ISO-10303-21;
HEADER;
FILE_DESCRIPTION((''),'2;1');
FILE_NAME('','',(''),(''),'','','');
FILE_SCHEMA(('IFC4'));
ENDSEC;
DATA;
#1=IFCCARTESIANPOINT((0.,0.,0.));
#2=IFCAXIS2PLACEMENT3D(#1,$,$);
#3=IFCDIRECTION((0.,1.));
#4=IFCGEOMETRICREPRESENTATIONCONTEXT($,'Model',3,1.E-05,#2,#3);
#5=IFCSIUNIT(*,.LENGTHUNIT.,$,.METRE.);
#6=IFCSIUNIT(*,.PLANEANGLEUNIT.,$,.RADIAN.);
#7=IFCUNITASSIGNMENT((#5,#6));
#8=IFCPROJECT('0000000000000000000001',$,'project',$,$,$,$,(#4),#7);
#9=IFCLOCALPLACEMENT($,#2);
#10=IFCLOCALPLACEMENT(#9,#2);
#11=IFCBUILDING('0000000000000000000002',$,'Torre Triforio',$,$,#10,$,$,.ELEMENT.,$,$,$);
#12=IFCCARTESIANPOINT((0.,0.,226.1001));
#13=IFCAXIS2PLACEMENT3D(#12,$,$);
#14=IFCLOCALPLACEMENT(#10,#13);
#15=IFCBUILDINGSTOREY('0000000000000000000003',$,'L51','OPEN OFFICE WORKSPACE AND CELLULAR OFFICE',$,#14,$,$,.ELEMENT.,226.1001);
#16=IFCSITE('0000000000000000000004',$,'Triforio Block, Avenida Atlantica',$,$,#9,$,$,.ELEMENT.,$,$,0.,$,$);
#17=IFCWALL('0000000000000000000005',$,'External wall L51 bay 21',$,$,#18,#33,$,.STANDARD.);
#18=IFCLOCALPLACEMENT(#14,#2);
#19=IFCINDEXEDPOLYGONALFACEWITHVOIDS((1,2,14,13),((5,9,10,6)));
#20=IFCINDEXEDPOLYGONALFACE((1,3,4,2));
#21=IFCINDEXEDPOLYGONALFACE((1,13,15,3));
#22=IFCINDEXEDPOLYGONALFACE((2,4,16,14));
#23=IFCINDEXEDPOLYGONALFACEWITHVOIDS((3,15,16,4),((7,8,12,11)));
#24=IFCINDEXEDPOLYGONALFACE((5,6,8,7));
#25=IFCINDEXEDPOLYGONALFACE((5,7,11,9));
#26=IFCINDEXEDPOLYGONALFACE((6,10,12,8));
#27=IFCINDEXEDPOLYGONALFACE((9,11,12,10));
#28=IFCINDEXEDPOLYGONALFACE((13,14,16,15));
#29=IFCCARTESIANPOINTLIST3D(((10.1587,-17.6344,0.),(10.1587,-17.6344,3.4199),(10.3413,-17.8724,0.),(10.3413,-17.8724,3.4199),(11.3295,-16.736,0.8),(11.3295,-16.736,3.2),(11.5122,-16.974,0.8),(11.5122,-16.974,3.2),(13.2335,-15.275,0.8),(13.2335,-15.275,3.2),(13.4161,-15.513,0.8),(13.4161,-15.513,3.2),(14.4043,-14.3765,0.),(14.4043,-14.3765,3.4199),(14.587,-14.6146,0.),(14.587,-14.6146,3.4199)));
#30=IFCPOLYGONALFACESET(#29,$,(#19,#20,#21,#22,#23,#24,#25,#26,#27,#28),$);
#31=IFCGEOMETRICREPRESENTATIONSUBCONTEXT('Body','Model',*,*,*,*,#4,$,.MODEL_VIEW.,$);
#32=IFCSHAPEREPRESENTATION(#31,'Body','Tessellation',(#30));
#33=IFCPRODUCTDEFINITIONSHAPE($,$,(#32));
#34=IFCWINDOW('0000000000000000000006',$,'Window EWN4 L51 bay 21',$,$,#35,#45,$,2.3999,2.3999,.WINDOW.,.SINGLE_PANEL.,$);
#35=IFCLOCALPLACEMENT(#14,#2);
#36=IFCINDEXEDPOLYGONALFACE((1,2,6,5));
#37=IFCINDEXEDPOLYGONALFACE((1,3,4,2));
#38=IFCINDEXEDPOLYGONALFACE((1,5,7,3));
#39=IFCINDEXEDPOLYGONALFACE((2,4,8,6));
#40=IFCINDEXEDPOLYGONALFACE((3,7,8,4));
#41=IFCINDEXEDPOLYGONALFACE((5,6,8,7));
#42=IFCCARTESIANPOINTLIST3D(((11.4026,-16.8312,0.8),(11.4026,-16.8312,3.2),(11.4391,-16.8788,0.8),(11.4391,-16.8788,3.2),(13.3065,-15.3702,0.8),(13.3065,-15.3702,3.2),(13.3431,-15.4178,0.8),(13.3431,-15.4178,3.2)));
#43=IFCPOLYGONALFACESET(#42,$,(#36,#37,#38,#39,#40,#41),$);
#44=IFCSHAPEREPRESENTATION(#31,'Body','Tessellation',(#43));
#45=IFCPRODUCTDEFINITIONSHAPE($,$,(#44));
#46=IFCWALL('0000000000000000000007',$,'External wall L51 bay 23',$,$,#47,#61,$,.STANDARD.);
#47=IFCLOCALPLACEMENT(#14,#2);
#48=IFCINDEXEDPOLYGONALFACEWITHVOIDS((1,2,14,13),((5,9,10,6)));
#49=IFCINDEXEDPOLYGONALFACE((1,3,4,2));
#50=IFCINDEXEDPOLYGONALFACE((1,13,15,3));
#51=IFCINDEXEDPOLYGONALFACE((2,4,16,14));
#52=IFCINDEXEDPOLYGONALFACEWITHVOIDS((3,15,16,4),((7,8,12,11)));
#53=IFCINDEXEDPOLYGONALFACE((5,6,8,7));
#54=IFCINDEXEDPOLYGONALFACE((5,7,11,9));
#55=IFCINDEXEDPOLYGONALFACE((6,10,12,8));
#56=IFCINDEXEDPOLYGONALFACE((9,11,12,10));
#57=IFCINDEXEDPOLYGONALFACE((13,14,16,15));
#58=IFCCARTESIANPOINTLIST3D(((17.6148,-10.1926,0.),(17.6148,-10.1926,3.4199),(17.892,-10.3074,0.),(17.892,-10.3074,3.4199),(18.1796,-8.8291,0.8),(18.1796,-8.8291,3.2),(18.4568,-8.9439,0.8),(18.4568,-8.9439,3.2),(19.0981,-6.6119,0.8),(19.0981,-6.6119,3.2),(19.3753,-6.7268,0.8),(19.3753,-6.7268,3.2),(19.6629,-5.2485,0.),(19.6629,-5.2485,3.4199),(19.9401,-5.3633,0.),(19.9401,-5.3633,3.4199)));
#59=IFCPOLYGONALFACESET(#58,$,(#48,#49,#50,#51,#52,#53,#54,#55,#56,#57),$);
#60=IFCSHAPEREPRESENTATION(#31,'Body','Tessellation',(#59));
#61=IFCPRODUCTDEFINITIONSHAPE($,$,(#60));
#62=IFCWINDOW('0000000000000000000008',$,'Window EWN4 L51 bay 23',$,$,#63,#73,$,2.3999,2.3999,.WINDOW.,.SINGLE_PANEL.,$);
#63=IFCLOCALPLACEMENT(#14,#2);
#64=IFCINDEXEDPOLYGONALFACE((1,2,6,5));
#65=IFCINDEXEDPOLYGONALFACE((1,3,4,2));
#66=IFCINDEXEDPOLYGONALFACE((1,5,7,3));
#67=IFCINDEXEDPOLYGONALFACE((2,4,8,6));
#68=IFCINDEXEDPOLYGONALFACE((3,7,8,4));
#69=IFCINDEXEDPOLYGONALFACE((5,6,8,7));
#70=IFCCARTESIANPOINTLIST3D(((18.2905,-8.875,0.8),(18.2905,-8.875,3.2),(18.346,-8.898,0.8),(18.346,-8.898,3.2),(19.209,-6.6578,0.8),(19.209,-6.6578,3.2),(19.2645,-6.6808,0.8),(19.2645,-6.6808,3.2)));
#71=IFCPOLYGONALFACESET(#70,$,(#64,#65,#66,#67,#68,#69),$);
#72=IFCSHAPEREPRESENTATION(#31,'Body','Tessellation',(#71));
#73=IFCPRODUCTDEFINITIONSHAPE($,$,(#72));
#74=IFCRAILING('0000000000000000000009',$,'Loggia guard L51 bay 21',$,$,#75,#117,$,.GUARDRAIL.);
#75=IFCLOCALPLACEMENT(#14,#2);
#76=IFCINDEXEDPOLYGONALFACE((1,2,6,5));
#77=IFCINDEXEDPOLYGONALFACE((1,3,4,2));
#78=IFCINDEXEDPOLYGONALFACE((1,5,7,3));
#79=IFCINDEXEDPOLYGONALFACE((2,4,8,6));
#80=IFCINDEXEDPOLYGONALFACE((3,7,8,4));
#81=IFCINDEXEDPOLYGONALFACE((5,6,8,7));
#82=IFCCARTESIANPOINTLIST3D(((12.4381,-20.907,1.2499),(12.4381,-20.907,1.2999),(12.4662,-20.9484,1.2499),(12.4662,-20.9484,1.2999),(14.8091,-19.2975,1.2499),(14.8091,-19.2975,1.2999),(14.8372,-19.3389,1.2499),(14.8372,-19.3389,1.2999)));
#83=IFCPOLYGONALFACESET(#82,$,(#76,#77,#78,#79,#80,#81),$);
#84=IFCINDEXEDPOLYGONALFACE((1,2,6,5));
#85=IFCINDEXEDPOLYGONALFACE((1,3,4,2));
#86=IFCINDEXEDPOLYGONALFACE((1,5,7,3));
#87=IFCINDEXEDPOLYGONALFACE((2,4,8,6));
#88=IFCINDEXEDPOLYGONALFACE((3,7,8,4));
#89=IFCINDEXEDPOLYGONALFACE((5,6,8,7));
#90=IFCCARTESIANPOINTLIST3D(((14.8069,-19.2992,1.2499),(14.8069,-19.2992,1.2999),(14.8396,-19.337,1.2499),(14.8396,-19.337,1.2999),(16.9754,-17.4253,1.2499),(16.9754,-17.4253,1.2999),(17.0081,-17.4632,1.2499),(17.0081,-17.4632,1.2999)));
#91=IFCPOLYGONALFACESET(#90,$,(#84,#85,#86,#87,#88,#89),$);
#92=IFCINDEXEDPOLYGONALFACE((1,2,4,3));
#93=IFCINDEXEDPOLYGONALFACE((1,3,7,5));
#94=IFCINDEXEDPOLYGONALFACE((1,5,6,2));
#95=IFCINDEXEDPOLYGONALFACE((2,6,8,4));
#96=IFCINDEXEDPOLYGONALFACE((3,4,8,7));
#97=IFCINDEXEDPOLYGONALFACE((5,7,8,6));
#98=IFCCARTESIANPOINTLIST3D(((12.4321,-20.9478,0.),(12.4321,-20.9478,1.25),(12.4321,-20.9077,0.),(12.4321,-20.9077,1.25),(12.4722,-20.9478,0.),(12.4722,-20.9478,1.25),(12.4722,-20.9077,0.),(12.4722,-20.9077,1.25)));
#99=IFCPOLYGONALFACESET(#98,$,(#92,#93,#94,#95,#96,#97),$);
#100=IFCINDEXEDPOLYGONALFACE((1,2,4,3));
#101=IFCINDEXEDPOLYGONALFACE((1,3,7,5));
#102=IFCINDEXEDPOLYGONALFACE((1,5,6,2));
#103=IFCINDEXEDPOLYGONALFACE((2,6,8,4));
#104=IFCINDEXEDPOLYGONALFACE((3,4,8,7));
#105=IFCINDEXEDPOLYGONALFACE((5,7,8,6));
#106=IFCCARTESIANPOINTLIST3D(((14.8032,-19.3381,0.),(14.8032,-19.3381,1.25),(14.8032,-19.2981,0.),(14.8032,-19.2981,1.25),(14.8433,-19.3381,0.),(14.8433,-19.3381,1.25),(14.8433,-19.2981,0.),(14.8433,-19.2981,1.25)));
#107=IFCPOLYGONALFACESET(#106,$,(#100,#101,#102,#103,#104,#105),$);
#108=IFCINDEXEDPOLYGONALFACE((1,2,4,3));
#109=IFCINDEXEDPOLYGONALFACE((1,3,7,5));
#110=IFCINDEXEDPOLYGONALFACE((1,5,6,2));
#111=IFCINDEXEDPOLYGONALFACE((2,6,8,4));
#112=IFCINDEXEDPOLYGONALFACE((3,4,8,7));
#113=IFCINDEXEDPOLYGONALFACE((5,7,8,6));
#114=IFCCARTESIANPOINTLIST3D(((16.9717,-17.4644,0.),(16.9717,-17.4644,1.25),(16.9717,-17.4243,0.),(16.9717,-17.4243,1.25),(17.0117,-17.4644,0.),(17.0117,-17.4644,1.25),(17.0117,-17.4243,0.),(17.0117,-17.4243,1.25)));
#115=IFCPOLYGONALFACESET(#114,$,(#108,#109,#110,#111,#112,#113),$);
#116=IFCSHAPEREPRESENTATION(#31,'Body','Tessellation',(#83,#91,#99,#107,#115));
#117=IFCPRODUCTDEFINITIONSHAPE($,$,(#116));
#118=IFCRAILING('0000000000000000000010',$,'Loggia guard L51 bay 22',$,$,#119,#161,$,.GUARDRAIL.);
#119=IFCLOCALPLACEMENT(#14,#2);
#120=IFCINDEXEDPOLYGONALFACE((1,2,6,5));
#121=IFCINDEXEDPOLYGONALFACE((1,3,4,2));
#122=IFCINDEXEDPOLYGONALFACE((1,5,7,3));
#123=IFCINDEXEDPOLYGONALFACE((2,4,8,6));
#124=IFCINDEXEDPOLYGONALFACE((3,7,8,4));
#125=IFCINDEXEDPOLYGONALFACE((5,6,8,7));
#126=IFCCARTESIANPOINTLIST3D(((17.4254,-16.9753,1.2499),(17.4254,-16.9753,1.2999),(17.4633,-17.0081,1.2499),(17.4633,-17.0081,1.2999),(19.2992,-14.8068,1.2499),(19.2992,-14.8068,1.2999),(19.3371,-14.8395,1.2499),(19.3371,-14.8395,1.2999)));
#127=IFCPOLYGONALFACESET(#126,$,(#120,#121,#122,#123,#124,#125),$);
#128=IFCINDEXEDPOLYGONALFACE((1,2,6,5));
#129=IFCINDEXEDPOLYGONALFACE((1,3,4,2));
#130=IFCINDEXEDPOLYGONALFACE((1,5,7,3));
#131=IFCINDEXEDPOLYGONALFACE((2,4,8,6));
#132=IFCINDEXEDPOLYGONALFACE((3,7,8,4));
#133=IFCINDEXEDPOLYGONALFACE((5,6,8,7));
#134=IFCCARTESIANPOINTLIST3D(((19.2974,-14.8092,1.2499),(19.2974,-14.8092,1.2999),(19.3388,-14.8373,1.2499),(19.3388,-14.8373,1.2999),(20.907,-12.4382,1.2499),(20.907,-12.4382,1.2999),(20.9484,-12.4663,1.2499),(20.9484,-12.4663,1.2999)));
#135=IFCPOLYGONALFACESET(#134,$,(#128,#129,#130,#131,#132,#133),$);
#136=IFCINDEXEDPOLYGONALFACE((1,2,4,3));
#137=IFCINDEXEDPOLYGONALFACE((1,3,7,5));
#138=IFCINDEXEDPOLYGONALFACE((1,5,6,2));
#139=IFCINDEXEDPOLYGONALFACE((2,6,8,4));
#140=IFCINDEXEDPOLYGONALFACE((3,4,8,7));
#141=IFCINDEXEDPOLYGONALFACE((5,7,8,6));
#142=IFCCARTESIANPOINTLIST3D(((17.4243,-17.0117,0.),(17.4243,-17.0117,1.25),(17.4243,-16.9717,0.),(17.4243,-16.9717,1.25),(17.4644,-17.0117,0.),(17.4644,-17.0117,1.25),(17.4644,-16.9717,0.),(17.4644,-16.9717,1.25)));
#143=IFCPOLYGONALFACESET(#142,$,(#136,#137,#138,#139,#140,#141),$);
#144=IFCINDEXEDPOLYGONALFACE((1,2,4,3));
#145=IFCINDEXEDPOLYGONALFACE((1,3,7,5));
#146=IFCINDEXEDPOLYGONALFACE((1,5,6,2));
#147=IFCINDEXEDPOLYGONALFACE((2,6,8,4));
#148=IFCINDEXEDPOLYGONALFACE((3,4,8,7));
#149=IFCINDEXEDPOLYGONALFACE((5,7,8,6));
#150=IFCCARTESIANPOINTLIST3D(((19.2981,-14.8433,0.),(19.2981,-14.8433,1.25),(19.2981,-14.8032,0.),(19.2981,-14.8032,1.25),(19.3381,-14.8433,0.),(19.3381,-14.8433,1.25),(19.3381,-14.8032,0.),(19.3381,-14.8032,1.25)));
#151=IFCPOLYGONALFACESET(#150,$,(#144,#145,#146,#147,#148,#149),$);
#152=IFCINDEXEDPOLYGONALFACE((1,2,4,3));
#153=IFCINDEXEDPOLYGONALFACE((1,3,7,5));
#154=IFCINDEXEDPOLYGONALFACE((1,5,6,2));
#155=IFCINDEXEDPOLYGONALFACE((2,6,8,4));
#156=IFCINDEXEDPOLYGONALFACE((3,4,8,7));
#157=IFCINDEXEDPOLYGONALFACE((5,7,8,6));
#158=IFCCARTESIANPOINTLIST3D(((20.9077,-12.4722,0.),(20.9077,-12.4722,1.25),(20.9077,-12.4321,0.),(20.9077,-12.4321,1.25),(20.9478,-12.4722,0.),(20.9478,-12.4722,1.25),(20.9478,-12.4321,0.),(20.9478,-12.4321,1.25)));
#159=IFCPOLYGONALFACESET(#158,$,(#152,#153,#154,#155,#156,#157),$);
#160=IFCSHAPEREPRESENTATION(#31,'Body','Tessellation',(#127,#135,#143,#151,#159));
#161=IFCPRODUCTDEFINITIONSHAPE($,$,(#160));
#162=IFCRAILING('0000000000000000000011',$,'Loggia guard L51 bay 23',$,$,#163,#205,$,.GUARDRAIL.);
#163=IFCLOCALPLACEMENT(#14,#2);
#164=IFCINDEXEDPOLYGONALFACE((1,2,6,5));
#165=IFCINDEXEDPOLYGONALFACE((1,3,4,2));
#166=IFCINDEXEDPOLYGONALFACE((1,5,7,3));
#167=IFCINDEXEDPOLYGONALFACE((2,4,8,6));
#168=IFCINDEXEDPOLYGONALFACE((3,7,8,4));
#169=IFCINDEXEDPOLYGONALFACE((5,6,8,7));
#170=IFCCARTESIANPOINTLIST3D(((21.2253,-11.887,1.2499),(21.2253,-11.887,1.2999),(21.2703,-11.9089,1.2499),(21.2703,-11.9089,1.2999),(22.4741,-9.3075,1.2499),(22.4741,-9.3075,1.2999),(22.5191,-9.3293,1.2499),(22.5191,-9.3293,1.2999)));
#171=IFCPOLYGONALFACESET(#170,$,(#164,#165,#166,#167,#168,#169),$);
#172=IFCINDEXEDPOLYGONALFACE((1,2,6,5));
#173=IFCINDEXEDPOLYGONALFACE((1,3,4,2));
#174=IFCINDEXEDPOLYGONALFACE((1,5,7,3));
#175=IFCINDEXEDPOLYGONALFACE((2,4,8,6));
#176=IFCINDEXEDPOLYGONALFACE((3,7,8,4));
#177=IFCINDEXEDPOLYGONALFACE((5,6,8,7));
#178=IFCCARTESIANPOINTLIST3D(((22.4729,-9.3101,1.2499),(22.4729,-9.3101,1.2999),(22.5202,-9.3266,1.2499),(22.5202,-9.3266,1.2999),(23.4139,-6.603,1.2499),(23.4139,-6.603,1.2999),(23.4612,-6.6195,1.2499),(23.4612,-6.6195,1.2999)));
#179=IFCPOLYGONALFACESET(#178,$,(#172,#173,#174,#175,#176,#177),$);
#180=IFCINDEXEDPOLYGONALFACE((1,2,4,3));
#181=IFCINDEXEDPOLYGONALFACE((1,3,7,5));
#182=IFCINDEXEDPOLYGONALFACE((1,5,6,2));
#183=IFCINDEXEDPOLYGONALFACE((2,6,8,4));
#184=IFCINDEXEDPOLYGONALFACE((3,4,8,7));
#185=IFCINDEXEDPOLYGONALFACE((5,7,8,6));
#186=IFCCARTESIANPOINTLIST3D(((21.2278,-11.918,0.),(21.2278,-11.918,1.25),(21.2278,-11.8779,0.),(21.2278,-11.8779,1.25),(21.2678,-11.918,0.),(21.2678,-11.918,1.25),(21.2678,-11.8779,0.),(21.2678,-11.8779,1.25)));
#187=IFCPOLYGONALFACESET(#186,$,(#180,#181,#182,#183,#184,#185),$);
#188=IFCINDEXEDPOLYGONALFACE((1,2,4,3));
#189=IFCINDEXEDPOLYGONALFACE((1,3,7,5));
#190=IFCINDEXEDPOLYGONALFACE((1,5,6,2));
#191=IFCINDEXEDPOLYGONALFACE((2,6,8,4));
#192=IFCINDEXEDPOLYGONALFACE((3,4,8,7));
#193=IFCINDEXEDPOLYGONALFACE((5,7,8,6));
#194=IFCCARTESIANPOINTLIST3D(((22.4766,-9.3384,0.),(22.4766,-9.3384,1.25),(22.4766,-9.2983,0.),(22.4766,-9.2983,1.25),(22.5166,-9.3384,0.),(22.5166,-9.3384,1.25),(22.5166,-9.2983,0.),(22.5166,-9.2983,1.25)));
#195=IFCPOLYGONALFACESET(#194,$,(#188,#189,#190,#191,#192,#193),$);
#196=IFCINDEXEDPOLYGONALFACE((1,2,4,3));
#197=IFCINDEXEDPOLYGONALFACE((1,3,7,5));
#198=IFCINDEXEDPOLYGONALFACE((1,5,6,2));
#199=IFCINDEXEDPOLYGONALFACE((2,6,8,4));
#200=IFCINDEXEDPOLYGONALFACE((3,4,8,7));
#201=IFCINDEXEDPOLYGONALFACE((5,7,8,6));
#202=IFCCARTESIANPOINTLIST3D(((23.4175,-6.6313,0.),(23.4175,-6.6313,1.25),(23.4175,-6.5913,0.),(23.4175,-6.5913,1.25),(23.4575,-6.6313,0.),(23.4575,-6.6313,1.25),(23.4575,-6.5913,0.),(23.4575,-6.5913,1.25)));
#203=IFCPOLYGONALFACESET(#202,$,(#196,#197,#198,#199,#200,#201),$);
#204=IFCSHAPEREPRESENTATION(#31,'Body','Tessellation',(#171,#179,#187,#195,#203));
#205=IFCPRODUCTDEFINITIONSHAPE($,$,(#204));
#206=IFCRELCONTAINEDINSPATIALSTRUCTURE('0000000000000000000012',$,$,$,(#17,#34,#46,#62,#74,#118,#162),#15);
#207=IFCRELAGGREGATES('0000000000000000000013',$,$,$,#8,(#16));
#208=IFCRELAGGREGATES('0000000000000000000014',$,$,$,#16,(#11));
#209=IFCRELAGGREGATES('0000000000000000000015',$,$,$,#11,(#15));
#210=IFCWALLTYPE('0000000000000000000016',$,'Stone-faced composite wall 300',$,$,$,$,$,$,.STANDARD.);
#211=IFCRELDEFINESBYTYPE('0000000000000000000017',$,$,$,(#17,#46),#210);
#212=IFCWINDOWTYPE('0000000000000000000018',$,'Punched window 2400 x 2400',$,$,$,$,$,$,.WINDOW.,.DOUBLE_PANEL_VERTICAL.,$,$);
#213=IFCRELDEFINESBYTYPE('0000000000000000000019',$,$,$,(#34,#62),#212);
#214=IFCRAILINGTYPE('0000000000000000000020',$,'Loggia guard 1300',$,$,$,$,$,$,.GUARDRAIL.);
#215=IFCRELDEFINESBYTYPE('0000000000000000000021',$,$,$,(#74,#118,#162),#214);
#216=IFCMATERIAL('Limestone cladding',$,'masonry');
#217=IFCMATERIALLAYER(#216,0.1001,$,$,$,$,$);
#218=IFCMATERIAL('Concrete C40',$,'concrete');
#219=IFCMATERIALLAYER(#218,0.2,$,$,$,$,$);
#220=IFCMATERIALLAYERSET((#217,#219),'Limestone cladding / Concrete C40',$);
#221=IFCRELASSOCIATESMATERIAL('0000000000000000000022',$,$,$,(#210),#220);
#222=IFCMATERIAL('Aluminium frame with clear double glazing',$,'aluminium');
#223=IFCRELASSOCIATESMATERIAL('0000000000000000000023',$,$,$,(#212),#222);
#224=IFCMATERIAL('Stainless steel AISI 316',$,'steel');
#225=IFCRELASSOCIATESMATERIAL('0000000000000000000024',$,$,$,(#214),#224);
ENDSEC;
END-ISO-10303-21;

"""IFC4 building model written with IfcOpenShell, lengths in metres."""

from ifc_helpers import new_model, si_unit, direction, frame, frame_2d, origin, origin_2d, place, context, subcontext, project, spatial, rectangle, extrude, material, layer, layer_set, type_object, element, fill, save


model = new_model("IFC4")

# Units and contexts
model_context = context("Model", 3, precision=1e-05, world=origin(), true_north=direction((0.0, 1.0)))
body_context = subcontext(model_context, "Body", "Model", "MODEL_VIEW")
ifc_project = project(units=[si_unit("LENGTHUNIT", "METRE"), si_unit("PLANEANGLEUNIT", "RADIAN")], contexts=[model_context])

# Site, building, storey
site_placement = place(None, origin())
site = spatial("IfcSite", under=ifc_project, at=site_placement, Name="Triforio Block, Avenida Atlantica", CompositionType="ELEMENT", RefElevation=0.0)
building_placement = place(site_placement, origin())
building = spatial("IfcBuilding", under=site, at=building_placement, Name="Torre Triforio", CompositionType="ELEMENT")
storey_placement = place(building_placement, frame((0.0, 0.0, 226.1001)))
storey = spatial("IfcBuildingStorey", under=building, at=storey_placement, Name="L51", Description="OPEN OFFICE WORKSPACE AND CELLULAR OFFICE", CompositionType="ELEMENT", Elevation=226.1001)

# Shared definitions
ifc_material_1 = material(Name="Concrete C40", Category="concrete")

# Shared definitions
ifc_material_2 = material(Name="Limestone cladding", Category="masonry")

# Wall, opening, window
ifc_layer_1 = layer(ifc_material_2, 0.1001)
ifc_layer_2 = layer(ifc_material_1, 0.2)
ifc_layer_set_1 = layer_set([ifc_layer_1, ifc_layer_2], Name="Limestone cladding / Concrete C40")
wall_type_1 = type_object("IfcWallType", Name="Stone-faced composite wall 300", PredefinedType="STANDARD", material=ifc_layer_set_1)
wall_1_placement = place(storey_placement, frame((10.25, -17.7534, 0.0), z_axis=(0.0, 0.0, 1.0), x_axis=(0.793349, 0.608767, 0.0)))
wall_1 = element("IfcWall", 1, at=wall_1_placement, inside=storey, type_object=wall_type_1, Name="External wall L51 bay 21", PredefinedType="STANDARD", context=body_context, shape_type="SweptSolid", body=[
    extrude(rectangle(XDim=5.3516, YDim=0.3, at=frame_2d((2.6758, 0.0))), origin(), (0.0, 0.0, 1.0), 3.4199),
])
opening_1_placement = place(wall_1_placement, frame((1.4758, 0.0, 0.8)))
opening_1 = element("IfcOpeningElement", 2, at=opening_1_placement, cuts=wall_1, PredefinedType="OPENING", context=body_context, shape_type="SweptSolid", body=[
    extrude(rectangle(XDim=2.3999, YDim=2.3999, at=frame_2d((1.2, 1.2))), frame((0.0, 0.1599, 0.0), z_axis=(0.0, -1.0, 0.0), x_axis=(1.0, 0.0, 0.0)), (0.0, 0.0, 1.0), 0.3201),
])
ifc_material_3 = material(Name="Aluminium frame with clear double glazing", Category="aluminium")
window_type_1 = type_object("IfcWindowType", Name="Punched window 2400 x 2400", PartitioningType="DOUBLE_PANEL_VERTICAL", PredefinedType="WINDOW", material=ifc_material_3)
window_1_placement = place(opening_1_placement, origin())
window_1 = element("IfcWindow", 3, at=window_1_placement, inside=storey, type_object=window_type_1, Name="Window EWN4 L51 bay 21", OverallHeight=2.3999, OverallWidth=2.3999, PartitioningType="SINGLE_PANEL", PredefinedType="WINDOW", context=body_context, shape_type="SweptSolid", body=[
    extrude(rectangle(XDim=2.3999, YDim=2.3999, at=frame_2d((1.2, 1.2))), frame((0.0, 0.03, 0.0), z_axis=(0.0, -1.0, 0.0), x_axis=(1.0, 0.0, 0.0)), (0.0, 0.0, 1.0), 0.0601),
])
fill(opening_1, window_1)

# Wall, opening, window
wall_2_placement = place(storey_placement, frame((17.7534, -10.25, 0.0), z_axis=(0.0, 0.0, 1.0), x_axis=(0.382713, 0.923867, 0.0)))
wall_2 = element("IfcWall", 4, at=wall_2_placement, inside=storey, type_object=wall_type_1, Name="External wall L51 bay 23", PredefinedType="STANDARD", context=body_context, shape_type="SweptSolid", body=[
    extrude(rectangle(XDim=5.3516, YDim=0.3, at=frame_2d((2.6758, 0.0))), origin(), (0.0, 0.0, 1.0), 3.4199),
])
opening_2_placement = place(wall_2_placement, frame((1.4758, 0.0, 0.8)))
opening_2 = element("IfcOpeningElement", 5, at=opening_2_placement, cuts=wall_2, PredefinedType="OPENING", context=body_context, shape_type="SweptSolid", body=[
    extrude(rectangle(XDim=2.3999, YDim=2.3999, at=frame_2d((1.2, 1.2))), frame((0.0, 0.1599, 0.0), z_axis=(0.0, -1.0, 0.0), x_axis=(1.0, 0.0, 0.0)), (0.0, 0.0, 1.0), 0.3201),
])
window_2_placement = place(opening_2_placement, origin())
window_2 = element("IfcWindow", 6, at=window_2_placement, inside=storey, type_object=window_type_1, Name="Window EWN4 L51 bay 23", OverallHeight=2.3999, OverallWidth=2.3999, PartitioningType="SINGLE_PANEL", PredefinedType="WINDOW", context=body_context, shape_type="SweptSolid", body=[
    extrude(rectangle(XDim=2.3999, YDim=2.3999, at=frame_2d((1.2, 1.2))), frame((0.0, 0.03, 0.0), z_axis=(0.0, -1.0, 0.0), x_axis=(1.0, 0.0, 0.0)), (0.0, 0.0, 1.0), 0.0601),
])
fill(opening_2, window_2)

# Railings
ifc_material_4 = material(Name="Stainless steel AISI 316", Category="steel")
railing_type = type_object("IfcRailingType", Name="Loggia guard 1300", PredefinedType="GUARDRAIL", material=ifc_material_4)
railing_1_placement = place(storey_placement, frame((12.4521, -20.9277, 0.0)))
element("IfcRailing", 7, at=railing_1_placement, inside=storey, type_object=railing_type, Name="Loggia guard L51 bay 21", PredefinedType="GUARDRAIL", context=body_context, shape_type="SweptSolid", body=[
    extrude(rectangle(XDim=0.05, YDim=0.05, at=origin_2d()), frame((0.0, 0.0, 1.2749), z_axis=(0.827368, 0.56166, 0.0), x_axis=(-0.56166, 0.827368, 0.0)), (0.0, 0.0, 1.0), 2.8657),
    extrude(rectangle(XDim=0.05, YDim=0.05, at=origin_2d()), frame((2.3711, 1.6096, 1.2749), z_axis=(0.756647, 0.653824, 0.0), x_axis=(-0.653824, 0.756647, 0.0)), (0.0, 0.0, 1.0), 2.866),
    extrude(rectangle(XDim=0.04, YDim=0.04, at=origin_2d()), origin(), (0.0, 0.0, 1.0), 1.25),
    extrude(rectangle(XDim=0.04, YDim=0.04, at=origin_2d()), frame((2.3711, 1.6096, 0.0)), (0.0, 0.0, 1.0), 1.25),
    extrude(rectangle(XDim=0.04, YDim=0.04, at=origin_2d()), frame((4.5396, 3.4834, 0.0)), (0.0, 0.0, 1.0), 1.25),
])
railing_2_placement = place(storey_placement, frame((17.4443, -16.9917, 0.0)))
element("IfcRailing", 8, at=railing_2_placement, inside=storey, type_object=railing_type, Name="Loggia guard L51 bay 22", PredefinedType="GUARDRAIL", context=body_context, shape_type="SweptSolid", body=[
    extrude(rectangle(XDim=0.05, YDim=0.05, at=origin_2d()), frame((0.0, 0.0, 1.2749), z_axis=(0.653824, 0.756647, 0.0), x_axis=(-0.756647, 0.653824, 0.0)), (0.0, 0.0, 1.0), 2.866),
    extrude(rectangle(XDim=0.05, YDim=0.05, at=origin_2d()), frame((1.8738, 2.1685, 1.2749), z_axis=(0.56166, 0.827368, 0.0), x_axis=(-0.827368, 0.56166, 0.0)), (0.0, 0.0, 1.0), 2.8657),
    extrude(rectangle(XDim=0.04, YDim=0.04, at=origin_2d()), origin(), (0.0, 0.0, 1.0), 1.25),
    extrude(rectangle(XDim=0.04, YDim=0.04, at=origin_2d()), frame((1.8738, 2.1685, 0.0)), (0.0, 0.0, 1.0), 1.25),
    extrude(rectangle(XDim=0.04, YDim=0.04, at=origin_2d()), frame((3.4834, 4.5396, 0.0)), (0.0, 0.0, 1.0), 1.25),
])
railing_3_placement = place(storey_placement, frame((21.2478, -11.8979, 0.0)))
element("IfcRailing", 9, at=railing_3_placement, inside=storey, type_object=railing_type, Name="Loggia guard L51 bay 23", PredefinedType="GUARDRAIL", context=body_context, shape_type="SweptSolid", body=[
    extrude(rectangle(XDim=0.05, YDim=0.05, at=origin_2d()), frame((0.0, 0.0, 1.2749), z_axis=(0.435728, 0.900078, 0.0), x_axis=(-0.900078, 0.435728, 0.0)), (0.0, 0.0, 1.0), 2.866),
    extrude(rectangle(XDim=0.05, YDim=0.05, at=origin_2d()), frame((1.2488, 2.5796, 1.2749), z_axis=(0.328316, 0.944568, 0.0), x_axis=(-0.944568, 0.328316, 0.0)), (0.0, 0.0, 1.0), 2.866),
    extrude(rectangle(XDim=0.04, YDim=0.04, at=origin_2d()), origin(), (0.0, 0.0, 1.0), 1.25),
    extrude(rectangle(XDim=0.04, YDim=0.04, at=origin_2d()), frame((1.2488, 2.5796, 0.0)), (0.0, 0.0, 1.0), 1.25),
    extrude(rectangle(XDim=0.04, YDim=0.04, at=origin_2d()), frame((2.1897, 5.2866, 0.0)), (0.0, 0.0, 1.0), 1.25),
])

save(model, "model.ifc")
